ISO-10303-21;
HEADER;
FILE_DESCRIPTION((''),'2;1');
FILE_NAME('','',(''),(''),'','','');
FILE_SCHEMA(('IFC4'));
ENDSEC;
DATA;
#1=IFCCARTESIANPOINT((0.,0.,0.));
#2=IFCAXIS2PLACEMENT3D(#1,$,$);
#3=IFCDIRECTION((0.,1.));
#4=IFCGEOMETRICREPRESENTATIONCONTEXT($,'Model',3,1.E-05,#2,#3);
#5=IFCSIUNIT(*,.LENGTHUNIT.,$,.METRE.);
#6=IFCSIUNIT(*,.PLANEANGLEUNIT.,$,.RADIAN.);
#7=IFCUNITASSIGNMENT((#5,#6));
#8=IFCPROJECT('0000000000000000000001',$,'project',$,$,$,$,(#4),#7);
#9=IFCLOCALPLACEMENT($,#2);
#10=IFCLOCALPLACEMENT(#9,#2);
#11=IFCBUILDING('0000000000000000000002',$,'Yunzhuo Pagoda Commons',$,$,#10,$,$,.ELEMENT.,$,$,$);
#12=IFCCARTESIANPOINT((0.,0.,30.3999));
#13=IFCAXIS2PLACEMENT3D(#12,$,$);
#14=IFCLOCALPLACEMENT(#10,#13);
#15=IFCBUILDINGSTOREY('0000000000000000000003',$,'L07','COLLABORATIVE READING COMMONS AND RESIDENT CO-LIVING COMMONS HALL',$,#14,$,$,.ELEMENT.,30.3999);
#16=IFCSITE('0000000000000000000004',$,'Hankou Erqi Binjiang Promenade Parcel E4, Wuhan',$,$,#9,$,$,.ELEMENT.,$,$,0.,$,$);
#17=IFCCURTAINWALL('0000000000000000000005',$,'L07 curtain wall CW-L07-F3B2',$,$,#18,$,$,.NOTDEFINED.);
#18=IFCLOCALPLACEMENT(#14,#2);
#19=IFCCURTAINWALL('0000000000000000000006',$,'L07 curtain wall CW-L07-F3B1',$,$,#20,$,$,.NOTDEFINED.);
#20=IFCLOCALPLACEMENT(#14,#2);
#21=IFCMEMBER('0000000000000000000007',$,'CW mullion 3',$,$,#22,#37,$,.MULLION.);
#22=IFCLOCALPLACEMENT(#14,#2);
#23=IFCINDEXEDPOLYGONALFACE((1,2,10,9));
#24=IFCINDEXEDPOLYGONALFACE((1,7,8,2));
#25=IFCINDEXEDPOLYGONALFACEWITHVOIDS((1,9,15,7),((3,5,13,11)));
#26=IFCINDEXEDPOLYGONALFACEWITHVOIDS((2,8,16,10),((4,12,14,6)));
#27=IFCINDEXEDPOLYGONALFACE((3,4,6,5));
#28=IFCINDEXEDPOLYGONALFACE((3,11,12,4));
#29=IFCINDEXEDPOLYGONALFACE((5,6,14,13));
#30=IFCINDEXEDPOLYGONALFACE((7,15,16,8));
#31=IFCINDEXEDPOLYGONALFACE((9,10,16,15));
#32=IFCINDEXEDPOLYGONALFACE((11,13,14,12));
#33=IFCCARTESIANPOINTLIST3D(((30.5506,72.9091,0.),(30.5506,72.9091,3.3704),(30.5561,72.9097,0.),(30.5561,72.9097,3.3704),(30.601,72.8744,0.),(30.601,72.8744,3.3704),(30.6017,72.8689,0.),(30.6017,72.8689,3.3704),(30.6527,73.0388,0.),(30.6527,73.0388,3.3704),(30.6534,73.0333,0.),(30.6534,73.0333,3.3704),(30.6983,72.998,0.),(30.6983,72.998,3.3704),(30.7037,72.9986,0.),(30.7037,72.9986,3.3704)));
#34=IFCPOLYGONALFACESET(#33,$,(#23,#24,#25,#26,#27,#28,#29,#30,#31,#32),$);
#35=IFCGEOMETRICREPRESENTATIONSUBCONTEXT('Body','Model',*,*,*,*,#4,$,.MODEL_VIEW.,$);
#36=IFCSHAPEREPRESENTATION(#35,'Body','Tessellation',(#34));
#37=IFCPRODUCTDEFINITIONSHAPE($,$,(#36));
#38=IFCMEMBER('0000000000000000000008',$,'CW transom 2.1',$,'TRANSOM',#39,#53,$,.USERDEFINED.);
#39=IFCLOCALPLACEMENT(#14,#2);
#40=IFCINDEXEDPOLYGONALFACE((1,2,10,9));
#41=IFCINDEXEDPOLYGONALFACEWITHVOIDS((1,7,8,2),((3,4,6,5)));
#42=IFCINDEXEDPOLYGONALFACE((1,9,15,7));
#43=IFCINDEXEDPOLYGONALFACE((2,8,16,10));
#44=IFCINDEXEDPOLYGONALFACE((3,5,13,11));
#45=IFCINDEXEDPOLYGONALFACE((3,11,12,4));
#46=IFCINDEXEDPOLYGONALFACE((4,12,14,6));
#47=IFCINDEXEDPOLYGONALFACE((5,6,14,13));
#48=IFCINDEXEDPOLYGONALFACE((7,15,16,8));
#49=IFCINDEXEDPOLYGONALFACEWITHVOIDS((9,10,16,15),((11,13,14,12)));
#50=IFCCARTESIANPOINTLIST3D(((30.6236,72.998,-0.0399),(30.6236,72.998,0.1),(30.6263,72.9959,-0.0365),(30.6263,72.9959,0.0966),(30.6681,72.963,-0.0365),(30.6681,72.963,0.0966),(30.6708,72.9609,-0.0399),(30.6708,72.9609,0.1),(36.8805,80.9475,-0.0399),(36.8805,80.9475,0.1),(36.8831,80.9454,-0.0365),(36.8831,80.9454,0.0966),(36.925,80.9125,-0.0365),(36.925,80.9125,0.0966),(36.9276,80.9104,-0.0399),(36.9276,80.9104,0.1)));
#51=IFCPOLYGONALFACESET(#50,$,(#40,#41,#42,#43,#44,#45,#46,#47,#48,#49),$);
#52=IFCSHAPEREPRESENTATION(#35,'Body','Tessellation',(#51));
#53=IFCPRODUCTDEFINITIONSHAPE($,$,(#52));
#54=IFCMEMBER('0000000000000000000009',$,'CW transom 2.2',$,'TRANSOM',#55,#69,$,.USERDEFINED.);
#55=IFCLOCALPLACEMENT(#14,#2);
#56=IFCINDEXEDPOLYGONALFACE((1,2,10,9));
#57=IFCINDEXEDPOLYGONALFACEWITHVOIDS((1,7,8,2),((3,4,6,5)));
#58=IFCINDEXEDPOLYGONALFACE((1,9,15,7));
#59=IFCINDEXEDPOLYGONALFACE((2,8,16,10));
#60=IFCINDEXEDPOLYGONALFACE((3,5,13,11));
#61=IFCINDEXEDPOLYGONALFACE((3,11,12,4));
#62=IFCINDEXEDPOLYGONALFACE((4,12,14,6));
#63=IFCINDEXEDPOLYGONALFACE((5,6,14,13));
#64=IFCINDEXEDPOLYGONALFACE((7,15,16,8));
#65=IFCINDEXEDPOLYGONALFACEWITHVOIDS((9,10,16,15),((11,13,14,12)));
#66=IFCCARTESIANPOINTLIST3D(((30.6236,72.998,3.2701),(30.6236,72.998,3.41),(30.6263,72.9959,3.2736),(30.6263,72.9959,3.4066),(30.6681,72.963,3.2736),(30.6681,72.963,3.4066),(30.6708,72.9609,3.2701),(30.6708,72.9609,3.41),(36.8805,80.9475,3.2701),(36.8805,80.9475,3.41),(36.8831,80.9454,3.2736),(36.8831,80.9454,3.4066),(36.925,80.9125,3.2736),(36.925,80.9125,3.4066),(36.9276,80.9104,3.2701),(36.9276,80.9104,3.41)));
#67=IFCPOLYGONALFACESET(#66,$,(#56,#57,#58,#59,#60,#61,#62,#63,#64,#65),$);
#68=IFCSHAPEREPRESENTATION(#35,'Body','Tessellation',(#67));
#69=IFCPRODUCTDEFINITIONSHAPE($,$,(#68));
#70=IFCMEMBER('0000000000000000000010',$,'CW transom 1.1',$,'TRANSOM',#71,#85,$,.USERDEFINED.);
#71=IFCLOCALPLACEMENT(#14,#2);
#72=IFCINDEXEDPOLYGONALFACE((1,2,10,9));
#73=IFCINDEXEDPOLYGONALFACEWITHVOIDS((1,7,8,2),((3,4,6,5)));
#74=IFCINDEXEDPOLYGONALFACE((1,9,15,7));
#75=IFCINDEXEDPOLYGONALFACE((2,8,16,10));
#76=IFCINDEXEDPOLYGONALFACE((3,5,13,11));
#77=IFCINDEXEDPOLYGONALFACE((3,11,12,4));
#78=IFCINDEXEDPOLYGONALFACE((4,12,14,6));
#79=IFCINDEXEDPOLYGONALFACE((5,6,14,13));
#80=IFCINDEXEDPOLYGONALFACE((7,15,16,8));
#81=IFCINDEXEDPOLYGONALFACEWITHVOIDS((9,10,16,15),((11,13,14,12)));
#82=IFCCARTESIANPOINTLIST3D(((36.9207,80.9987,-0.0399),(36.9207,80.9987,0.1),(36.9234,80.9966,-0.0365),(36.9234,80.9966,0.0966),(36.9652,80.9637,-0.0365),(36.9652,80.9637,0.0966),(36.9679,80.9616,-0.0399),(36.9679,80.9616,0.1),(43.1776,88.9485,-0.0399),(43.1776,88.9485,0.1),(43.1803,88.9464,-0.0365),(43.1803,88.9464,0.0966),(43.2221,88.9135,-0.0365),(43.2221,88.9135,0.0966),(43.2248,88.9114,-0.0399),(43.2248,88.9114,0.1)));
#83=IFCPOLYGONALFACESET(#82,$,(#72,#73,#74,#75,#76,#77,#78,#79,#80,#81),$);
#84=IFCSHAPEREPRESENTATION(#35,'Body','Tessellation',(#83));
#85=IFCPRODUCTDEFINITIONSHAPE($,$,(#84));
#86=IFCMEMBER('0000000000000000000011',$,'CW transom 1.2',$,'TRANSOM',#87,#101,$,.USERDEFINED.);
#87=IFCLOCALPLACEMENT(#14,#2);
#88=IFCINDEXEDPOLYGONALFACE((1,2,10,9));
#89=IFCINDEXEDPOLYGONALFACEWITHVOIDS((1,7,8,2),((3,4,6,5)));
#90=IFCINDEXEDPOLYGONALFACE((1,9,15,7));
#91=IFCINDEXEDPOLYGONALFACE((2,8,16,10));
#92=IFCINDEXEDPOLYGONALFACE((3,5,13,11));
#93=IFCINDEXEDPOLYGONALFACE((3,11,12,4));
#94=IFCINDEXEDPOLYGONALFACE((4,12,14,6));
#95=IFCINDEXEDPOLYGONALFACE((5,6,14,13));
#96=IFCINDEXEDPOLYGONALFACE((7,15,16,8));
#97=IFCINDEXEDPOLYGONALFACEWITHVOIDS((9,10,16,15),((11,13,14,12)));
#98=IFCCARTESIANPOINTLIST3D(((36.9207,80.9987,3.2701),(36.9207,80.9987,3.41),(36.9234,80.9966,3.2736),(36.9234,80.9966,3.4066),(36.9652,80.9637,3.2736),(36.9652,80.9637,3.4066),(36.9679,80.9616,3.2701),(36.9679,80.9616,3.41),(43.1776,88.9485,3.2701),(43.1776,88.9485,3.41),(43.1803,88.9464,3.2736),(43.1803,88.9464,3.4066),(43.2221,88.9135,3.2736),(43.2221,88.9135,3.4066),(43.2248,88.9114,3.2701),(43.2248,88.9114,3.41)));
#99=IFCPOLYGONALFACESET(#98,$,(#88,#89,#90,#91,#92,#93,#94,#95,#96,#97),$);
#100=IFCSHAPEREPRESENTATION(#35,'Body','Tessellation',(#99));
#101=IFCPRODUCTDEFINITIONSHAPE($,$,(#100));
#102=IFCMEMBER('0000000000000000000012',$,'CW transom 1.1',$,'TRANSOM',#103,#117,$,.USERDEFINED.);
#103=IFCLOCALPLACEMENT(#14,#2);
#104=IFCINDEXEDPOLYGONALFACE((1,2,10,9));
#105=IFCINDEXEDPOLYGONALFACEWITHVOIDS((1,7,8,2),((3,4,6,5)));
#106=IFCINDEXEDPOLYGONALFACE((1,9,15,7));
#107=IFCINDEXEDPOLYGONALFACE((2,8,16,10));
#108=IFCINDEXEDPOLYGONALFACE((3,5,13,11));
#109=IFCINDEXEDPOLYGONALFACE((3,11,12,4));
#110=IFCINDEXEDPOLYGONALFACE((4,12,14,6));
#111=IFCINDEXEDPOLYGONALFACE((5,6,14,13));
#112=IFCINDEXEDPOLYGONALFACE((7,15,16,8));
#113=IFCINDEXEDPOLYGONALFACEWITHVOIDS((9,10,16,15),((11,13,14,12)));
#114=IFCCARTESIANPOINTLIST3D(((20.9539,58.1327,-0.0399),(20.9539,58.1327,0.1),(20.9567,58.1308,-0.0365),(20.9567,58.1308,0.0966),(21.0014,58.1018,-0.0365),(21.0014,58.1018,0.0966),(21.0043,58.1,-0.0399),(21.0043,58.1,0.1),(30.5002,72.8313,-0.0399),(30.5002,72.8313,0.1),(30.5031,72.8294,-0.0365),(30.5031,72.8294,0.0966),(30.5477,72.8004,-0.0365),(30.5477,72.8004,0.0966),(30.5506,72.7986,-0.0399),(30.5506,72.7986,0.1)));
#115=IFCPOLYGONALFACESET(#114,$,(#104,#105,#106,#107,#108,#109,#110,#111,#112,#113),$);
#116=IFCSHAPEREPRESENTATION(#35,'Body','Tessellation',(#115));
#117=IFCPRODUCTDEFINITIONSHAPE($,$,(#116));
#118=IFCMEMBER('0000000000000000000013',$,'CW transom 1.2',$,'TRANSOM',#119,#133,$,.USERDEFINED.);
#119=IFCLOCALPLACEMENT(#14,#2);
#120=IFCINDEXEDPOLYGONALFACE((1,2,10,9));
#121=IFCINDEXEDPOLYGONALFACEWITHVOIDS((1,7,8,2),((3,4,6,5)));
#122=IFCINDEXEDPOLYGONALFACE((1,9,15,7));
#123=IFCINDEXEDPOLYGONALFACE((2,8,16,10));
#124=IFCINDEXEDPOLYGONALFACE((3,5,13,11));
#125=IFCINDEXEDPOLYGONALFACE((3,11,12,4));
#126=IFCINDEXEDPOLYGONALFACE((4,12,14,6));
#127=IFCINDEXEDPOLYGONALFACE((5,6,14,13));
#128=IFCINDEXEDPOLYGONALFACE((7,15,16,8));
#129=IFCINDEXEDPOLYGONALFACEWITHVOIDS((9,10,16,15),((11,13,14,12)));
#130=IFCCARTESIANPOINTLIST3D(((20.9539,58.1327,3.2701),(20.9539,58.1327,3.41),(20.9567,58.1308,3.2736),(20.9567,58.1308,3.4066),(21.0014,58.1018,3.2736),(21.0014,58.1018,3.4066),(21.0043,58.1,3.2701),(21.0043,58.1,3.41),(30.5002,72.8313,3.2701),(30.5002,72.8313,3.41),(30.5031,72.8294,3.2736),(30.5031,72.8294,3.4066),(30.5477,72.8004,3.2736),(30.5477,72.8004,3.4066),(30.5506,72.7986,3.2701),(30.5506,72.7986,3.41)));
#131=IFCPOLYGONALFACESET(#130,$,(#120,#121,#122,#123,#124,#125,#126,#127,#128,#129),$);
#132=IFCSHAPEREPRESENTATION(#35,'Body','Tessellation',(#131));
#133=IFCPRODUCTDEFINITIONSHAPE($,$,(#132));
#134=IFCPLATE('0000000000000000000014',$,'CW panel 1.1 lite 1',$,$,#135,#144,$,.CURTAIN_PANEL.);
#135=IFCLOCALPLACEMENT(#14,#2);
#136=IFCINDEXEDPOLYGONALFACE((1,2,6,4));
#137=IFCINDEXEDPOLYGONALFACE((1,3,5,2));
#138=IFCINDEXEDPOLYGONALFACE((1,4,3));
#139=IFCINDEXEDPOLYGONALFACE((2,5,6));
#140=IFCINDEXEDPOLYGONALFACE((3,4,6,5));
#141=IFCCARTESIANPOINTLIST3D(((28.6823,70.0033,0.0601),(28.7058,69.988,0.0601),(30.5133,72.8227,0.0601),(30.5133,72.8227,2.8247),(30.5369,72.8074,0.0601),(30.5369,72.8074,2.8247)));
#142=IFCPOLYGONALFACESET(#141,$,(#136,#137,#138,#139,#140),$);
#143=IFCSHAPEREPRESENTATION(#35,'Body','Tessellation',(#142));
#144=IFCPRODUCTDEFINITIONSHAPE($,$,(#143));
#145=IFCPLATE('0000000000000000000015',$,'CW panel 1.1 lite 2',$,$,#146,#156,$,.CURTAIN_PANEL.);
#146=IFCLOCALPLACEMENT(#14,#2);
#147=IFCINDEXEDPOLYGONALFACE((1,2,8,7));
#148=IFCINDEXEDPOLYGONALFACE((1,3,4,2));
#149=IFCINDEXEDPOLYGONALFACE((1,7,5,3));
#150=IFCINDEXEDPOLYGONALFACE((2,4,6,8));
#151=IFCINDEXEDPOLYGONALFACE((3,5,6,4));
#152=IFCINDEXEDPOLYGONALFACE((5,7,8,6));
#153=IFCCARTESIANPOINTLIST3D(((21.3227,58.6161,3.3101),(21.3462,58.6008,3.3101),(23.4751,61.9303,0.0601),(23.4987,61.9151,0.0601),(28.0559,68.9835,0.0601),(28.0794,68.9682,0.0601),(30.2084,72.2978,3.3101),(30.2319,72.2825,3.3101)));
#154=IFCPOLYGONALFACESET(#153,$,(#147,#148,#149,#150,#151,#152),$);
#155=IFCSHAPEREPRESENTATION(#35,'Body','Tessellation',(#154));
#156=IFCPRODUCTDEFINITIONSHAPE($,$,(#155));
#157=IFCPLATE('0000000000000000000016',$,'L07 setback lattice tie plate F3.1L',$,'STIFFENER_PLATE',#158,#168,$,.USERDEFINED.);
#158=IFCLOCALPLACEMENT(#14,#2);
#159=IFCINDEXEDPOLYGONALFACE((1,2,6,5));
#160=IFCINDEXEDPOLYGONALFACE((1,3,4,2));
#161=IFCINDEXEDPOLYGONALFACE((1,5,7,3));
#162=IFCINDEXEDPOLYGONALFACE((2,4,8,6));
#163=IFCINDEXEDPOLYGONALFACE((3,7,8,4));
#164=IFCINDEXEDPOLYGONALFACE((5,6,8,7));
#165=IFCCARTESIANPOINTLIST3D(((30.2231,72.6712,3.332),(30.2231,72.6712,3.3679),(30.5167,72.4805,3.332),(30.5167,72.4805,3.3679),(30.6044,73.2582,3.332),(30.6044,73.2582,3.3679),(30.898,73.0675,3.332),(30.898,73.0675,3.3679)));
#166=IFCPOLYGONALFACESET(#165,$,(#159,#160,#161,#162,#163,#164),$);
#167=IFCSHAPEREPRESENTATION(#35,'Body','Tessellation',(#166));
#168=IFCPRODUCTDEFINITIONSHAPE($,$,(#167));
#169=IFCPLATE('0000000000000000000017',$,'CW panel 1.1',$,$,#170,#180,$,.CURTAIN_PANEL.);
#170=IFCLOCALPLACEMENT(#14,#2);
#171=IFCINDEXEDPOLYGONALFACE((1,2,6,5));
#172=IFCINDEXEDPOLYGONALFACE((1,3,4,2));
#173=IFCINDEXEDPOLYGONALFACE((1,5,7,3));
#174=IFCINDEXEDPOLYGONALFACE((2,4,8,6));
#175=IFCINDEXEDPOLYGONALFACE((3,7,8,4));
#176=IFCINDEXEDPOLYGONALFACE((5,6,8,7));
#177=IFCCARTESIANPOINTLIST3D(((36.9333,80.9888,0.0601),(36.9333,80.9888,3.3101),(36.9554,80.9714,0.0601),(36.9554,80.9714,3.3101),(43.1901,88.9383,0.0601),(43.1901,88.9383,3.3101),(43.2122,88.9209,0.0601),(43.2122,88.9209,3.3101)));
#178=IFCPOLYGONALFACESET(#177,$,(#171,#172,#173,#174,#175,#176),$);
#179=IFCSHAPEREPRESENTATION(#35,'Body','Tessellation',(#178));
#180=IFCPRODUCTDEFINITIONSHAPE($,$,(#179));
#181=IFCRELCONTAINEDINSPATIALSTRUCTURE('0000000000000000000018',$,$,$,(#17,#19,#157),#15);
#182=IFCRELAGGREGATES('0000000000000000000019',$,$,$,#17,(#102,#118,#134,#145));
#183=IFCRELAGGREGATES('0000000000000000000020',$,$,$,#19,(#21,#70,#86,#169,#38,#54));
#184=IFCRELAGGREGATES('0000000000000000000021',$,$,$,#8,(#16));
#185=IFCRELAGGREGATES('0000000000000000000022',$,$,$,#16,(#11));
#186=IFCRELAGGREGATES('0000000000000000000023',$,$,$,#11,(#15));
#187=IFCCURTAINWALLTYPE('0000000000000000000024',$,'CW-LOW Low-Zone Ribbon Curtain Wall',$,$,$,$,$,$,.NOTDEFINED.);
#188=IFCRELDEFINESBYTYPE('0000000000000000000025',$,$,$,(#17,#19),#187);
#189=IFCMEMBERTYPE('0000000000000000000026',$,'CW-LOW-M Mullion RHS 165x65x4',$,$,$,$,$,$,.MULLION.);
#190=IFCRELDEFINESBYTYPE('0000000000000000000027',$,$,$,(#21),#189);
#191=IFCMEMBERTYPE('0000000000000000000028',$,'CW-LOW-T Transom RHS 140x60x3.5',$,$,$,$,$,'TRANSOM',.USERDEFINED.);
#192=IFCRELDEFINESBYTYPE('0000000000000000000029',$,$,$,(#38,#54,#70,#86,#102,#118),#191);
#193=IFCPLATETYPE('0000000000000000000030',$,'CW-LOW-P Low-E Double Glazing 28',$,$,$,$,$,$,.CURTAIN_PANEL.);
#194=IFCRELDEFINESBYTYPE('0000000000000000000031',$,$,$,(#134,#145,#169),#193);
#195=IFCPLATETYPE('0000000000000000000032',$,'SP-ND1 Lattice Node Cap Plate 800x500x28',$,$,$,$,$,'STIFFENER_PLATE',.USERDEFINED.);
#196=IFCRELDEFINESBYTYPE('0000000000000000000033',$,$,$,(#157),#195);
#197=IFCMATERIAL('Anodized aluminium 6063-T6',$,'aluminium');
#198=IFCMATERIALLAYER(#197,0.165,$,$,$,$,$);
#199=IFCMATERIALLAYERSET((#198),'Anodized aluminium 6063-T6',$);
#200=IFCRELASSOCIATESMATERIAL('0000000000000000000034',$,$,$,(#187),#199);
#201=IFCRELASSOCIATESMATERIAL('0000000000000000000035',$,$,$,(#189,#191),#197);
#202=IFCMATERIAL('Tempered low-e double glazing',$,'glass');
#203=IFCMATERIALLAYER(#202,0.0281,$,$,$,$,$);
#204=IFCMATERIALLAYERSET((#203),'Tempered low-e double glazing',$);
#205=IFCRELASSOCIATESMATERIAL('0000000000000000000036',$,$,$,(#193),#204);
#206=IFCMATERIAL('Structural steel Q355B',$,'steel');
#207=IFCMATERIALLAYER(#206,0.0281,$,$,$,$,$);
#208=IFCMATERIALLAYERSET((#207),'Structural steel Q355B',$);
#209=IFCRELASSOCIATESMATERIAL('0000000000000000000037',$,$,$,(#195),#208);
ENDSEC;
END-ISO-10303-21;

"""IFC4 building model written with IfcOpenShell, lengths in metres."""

from ifc_helpers import new_model, si_unit, direction, frame, origin, origin_2d, place, context, subcontext, project, spatial, polyline, rectangle, hollow_rectangle, outline, extrude, source, transform, mapped, material, layer, layer_set, material_profile, profile_set, type_object, element, aggregate, save


model = new_model("IFC4")

# Units and contexts
model_context = context("Model", 3, precision=1e-05, world=origin(), true_north=direction((0.0, 1.0)))
body_context = subcontext(model_context, "Body", "Model", "MODEL_VIEW")
ifc_project = project(units=[si_unit("LENGTHUNIT", "METRE"), si_unit("PLANEANGLEUNIT", "RADIAN")], contexts=[model_context])

# Site, building, storey
site_placement = place(None, origin())
site = spatial("IfcSite", under=ifc_project, at=site_placement, Name="Hankou Erqi Binjiang Promenade Parcel E4, Wuhan", CompositionType="ELEMENT", RefElevation=0.0)
building_placement = place(site_placement, origin())
building = spatial("IfcBuilding", under=site, at=building_placement, Name="Yunzhuo Pagoda Commons", CompositionType="ELEMENT")
storey_placement = place(building_placement, frame((0.0, 0.0, 30.3999)))
storey = spatial("IfcBuildingStorey", under=building, at=storey_placement, Name="L07", Description="COLLABORATIVE READING COMMONS AND RESIDENT CO-LIVING COMMONS HALL", CompositionType="ELEMENT", Elevation=30.3999)

# Shared definitions
ifc_material_1 = material(Name="Structural steel Q355B", Category="steel")

# Curtain wall
ifc_material_2 = material(Name="Anodized aluminium 6063-T6", Category="aluminium")
ifc_layer_1 = layer(ifc_material_2, 0.165)
ifc_layer_set_1 = layer_set([ifc_layer_1], Name="Anodized aluminium 6063-T6")
curtain_wall_type = type_object("IfcCurtainWallType", Name="CW-LOW Low-Zone Ribbon Curtain Wall", PredefinedType="NOTDEFINED", material=ifc_layer_set_1)
curtain_wall_1_placement = place(storey_placement, origin())
curtain_wall_1 = element("IfcCurtainWall", 1, at=curtain_wall_1_placement, inside=storey, type_object=curtain_wall_type, Name="L07 curtain wall CW-L07-F3B2", PredefinedType="NOTDEFINED")
ifc_material_profile_1 = material_profile(ifc_material_2, hollow_rectangle(XDim=0.0649, YDim=0.165, WallThickness=0.0039, at=origin_2d()), Name="Anodized aluminium 6063-T6")
ifc_profile_set_1 = profile_set([ifc_material_profile_1], Name="Anodized aluminium 6063-T6")
member_type_1 = type_object("IfcMemberType", Name="CW-LOW-M Mullion RHS 165x65x4", PredefinedType="MULLION", material=ifc_profile_set_1)
shared_shape_1 = source(origin(), body_context, "Body", "SweptSolid", [
    extrude(hollow_rectangle(XDim=0.0649, YDim=0.165, WallThickness=0.0039, at=origin_2d()), origin(), (0.0, 0.0, 1.0), 3.3704),
])

# Curtain wall, members
curtain_wall_2_placement = place(storey_placement, origin())
curtain_wall_2 = element("IfcCurtainWall", 2, at=curtain_wall_2_placement, inside=storey, type_object=curtain_wall_type, Name="L07 curtain wall CW-L07-F3B1", PredefinedType="NOTDEFINED")
member_1_placement = place(storey_placement, frame((30.6272, 72.9539, 0.0), z_axis=(0.0, 0.0, 1.0), x_axis=(0.7858, -0.618481, 0.0)))
member_1 = element("IfcMember", 3, at=member_1_placement, type_object=member_type_1, Name="CW mullion 3", PredefinedType="MULLION", context=body_context, shape_type="MappedRepresentation", body=[
    mapped(shared_shape_1, transform((0.0, 0.0, 0.0), scale=1.0)),
])
ifc_material_profile_2 = material_profile(ifc_material_2, hollow_rectangle(XDim=0.0601, YDim=0.1399, WallThickness=0.0034, at=origin_2d()), Name="Anodized aluminium 6063-T6")
ifc_profile_set_2 = profile_set([ifc_material_profile_2], Name="Anodized aluminium 6063-T6")
member_type_2 = type_object("IfcMemberType", Name="CW-LOW-T Transom RHS 140x60x3.5", ElementType="TRANSOM", PredefinedType="USERDEFINED", material=ifc_profile_set_2)
shared_shape_2 = source(origin(), body_context, "Body", "SweptSolid", [
    extrude(hollow_rectangle(XDim=0.0601, YDim=0.1399, WallThickness=0.0034, at=origin_2d()), origin(), (0.0, 0.0, 1.0), 10.1165),
])
member_2_placement = place(storey_placement, frame((36.9041, 80.929, 0.03), z_axis=(-0.618483, -0.785798, 0.0), x_axis=(0.785798, -0.618483, 0.0)))
member_2 = element("IfcMember", 4, at=member_2_placement, type_object=member_type_2, Name="CW transom 2.1", ObjectType="TRANSOM", PredefinedType="USERDEFINED", context=body_context, shape_type="MappedRepresentation", body=[
    mapped(shared_shape_2, transform((0.0, 0.0, 0.0), scale=1.0)),
])
member_3_placement = place(storey_placement, frame((36.9041, 80.929, 3.3401), z_axis=(-0.618483, -0.785798, 0.0), x_axis=(0.785798, -0.618483, 0.0)))
member_3 = element("IfcMember", 5, at=member_3_placement, type_object=member_type_2, Name="CW transom 2.2", ObjectType="TRANSOM", PredefinedType="USERDEFINED", context=body_context, shape_type="MappedRepresentation", body=[
    mapped(shared_shape_2, transform((0.0, 0.0, 0.0), scale=1.0)),
])
shared_shape_3 = source(origin(), body_context, "Body", "SweptSolid", [
    extrude(hollow_rectangle(XDim=0.0601, YDim=0.1399, WallThickness=0.0034, at=origin_2d()), origin(), (0.0, 0.0, 1.0), 10.1167),
])
member_4_placement = place(storey_placement, frame((43.2012, 88.9299, 0.03), z_axis=(-0.618471, -0.785807, 0.0), x_axis=(0.785807, -0.618471, 0.0)))
member_4 = element("IfcMember", 6, at=member_4_placement, type_object=member_type_2, Name="CW transom 1.1", ObjectType="TRANSOM", PredefinedType="USERDEFINED", context=body_context, shape_type="MappedRepresentation", body=[
    mapped(shared_shape_3, transform((0.0, 0.0, 0.0), scale=1.0)),
])
member_5_placement = place(storey_placement, frame((43.2012, 88.9299, 3.3401), z_axis=(-0.618471, -0.785807, 0.0), x_axis=(0.785807, -0.618471, 0.0)))
member_5 = element("IfcMember", 7, at=member_5_placement, type_object=member_type_2, Name="CW transom 1.2", ObjectType="TRANSOM", PredefinedType="USERDEFINED", context=body_context, shape_type="MappedRepresentation", body=[
    mapped(shared_shape_3, transform((0.0, 0.0, 0.0), scale=1.0)),
])

# Members
shared_shape_4 = source(origin(), body_context, "Body", "SweptSolid", [
    extrude(hollow_rectangle(XDim=0.0601, YDim=0.1399, WallThickness=0.0034, at=origin_2d()), origin(), (0.0, 0.0, 1.0), 17.5266),
])
member_6_placement = place(storey_placement, frame((30.5254, 72.8149, 0.03), z_axis=(-0.544676, -0.838647, 0.0), x_axis=(0.838647, -0.544676, 0.0)))
member_6 = element("IfcMember", 8, at=member_6_placement, type_object=member_type_2, Name="CW transom 1.1", ObjectType="TRANSOM", PredefinedType="USERDEFINED", context=body_context, shape_type="MappedRepresentation", body=[
    mapped(shared_shape_4, transform((0.0, 0.0, 0.0), scale=1.0)),
])
member_7_placement = place(storey_placement, frame((30.5254, 72.8149, 3.3401), z_axis=(-0.544676, -0.838647, 0.0), x_axis=(0.838647, -0.544676, 0.0)))
member_7 = element("IfcMember", 9, at=member_7_placement, type_object=member_type_2, Name="CW transom 1.2", ObjectType="TRANSOM", PredefinedType="USERDEFINED", context=body_context, shape_type="MappedRepresentation", body=[
    mapped(shared_shape_4, transform((0.0, 0.0, 0.0), scale=1.0)),
])

# Plates
ifc_material_3 = material(Name="Tempered low-e double glazing", Category="glass")
ifc_layer_2 = layer(ifc_material_3, 0.0281)
ifc_layer_set_2 = layer_set([ifc_layer_2], Name="Tempered low-e double glazing")
plate_type_1 = type_object("IfcPlateType", Name="CW-LOW-P Low-E Double Glazing 28", PredefinedType="CURTAIN_PANEL", material=ifc_layer_set_2)
plate_1_placement = place(storey_placement, frame((29.6213, 71.3977, 1.4424), z_axis=(-0.838652, 0.544667, 0.0), x_axis=(-0.544667, -0.838652, 0.0)))
plate_1 = element("IfcPlate", 10, at=plate_1_placement, type_object=plate_type_1, Name="CW panel 1.1 lite 1", PredefinedType="CURTAIN_PANEL", context=body_context, shape_type="SweptSolid", body=[
    extrude(outline(polyline([(-1.6809, -1.3823), (1.6809, -1.3823), (-1.6809, 1.3823), (-1.6809, -1.3823)])), origin(), (0.0, 0.0, 1.0), 0.0281),
])
plate_2_placement = place(storey_placement, frame((25.7891, 65.4417, 1.6851), z_axis=(-0.838652, 0.544667, 0.0), x_axis=(-0.544667, -0.838652, 0.0)))
plate_2 = element("IfcPlate", 11, at=plate_2_placement, type_object=plate_type_1, Name="CW panel 1.1 lite 2", PredefinedType="CURTAIN_PANEL", context=body_context, shape_type="SweptSolid", body=[
    extrude(outline(polyline([(-8.157, 1.625), (-4.2051, -1.625), (4.2051, -1.625), (8.157, 1.625), (-8.157, 1.625)])), origin(), (0.0, 0.0, 1.0), 0.0281),
])
aggregate(curtain_wall_1, [member_6, member_7, plate_1, plate_2])
ifc_layer_3 = layer(ifc_material_1, 0.0281)
ifc_layer_set_3 = layer_set([ifc_layer_3], Name="Structural steel Q355B")
plate_type_2 = type_object("IfcPlateType", Name="SP-ND1 Lattice Node Cap Plate 800x500x28", ElementType="STIFFENER_PLATE", PredefinedType="USERDEFINED", material=ifc_layer_set_3)
shared_shape_5 = source(origin(), body_context, "Body", "SweptSolid", [
    extrude(rectangle(XDim=0.7, YDim=0.3501, at=origin_2d()), origin(), (0.0, 0.0, 1.0), 0.0359),
])
plate_3_placement = place(storey_placement, frame((30.5605, 72.8694, 3.332), z_axis=(0.0, 0.0, 1.0), x_axis=(-0.544668, -0.838652, 0.0)))
element("IfcPlate", 12, at=plate_3_placement, inside=storey, type_object=plate_type_2, Name="L07 setback lattice tie plate F3.1L", ObjectType="STIFFENER_PLATE", PredefinedType="USERDEFINED", context=body_context, shape_type="MappedRepresentation", body=[
    mapped(shared_shape_5, transform((0.0, 0.0, 0.0), scale=1.0)),
])
shared_shape_6 = source(origin(), body_context, "Body", "SweptSolid", [
    extrude(rectangle(XDim=10.1165, YDim=0.0281, at=origin_2d()), origin(), (0.0, 0.0, 1.0), 3.25),
])
plate_4_placement = place(storey_placement, frame((40.0728, 84.9548, 0.0601), z_axis=(0.0, 0.0, 1.0), x_axis=(-0.618481, -0.7858, 0.0)))
plate_4 = element("IfcPlate", 13, at=plate_4_placement, type_object=plate_type_1, Name="CW panel 1.1", PredefinedType="CURTAIN_PANEL", context=body_context, shape_type="MappedRepresentation", body=[
    mapped(shared_shape_6, transform((0.0, 0.0, 0.0), scale=1.0)),
])
aggregate(curtain_wall_2, [member_1, member_4, member_5, plate_4, member_2, member_3])

save(model, "model.ifc")
